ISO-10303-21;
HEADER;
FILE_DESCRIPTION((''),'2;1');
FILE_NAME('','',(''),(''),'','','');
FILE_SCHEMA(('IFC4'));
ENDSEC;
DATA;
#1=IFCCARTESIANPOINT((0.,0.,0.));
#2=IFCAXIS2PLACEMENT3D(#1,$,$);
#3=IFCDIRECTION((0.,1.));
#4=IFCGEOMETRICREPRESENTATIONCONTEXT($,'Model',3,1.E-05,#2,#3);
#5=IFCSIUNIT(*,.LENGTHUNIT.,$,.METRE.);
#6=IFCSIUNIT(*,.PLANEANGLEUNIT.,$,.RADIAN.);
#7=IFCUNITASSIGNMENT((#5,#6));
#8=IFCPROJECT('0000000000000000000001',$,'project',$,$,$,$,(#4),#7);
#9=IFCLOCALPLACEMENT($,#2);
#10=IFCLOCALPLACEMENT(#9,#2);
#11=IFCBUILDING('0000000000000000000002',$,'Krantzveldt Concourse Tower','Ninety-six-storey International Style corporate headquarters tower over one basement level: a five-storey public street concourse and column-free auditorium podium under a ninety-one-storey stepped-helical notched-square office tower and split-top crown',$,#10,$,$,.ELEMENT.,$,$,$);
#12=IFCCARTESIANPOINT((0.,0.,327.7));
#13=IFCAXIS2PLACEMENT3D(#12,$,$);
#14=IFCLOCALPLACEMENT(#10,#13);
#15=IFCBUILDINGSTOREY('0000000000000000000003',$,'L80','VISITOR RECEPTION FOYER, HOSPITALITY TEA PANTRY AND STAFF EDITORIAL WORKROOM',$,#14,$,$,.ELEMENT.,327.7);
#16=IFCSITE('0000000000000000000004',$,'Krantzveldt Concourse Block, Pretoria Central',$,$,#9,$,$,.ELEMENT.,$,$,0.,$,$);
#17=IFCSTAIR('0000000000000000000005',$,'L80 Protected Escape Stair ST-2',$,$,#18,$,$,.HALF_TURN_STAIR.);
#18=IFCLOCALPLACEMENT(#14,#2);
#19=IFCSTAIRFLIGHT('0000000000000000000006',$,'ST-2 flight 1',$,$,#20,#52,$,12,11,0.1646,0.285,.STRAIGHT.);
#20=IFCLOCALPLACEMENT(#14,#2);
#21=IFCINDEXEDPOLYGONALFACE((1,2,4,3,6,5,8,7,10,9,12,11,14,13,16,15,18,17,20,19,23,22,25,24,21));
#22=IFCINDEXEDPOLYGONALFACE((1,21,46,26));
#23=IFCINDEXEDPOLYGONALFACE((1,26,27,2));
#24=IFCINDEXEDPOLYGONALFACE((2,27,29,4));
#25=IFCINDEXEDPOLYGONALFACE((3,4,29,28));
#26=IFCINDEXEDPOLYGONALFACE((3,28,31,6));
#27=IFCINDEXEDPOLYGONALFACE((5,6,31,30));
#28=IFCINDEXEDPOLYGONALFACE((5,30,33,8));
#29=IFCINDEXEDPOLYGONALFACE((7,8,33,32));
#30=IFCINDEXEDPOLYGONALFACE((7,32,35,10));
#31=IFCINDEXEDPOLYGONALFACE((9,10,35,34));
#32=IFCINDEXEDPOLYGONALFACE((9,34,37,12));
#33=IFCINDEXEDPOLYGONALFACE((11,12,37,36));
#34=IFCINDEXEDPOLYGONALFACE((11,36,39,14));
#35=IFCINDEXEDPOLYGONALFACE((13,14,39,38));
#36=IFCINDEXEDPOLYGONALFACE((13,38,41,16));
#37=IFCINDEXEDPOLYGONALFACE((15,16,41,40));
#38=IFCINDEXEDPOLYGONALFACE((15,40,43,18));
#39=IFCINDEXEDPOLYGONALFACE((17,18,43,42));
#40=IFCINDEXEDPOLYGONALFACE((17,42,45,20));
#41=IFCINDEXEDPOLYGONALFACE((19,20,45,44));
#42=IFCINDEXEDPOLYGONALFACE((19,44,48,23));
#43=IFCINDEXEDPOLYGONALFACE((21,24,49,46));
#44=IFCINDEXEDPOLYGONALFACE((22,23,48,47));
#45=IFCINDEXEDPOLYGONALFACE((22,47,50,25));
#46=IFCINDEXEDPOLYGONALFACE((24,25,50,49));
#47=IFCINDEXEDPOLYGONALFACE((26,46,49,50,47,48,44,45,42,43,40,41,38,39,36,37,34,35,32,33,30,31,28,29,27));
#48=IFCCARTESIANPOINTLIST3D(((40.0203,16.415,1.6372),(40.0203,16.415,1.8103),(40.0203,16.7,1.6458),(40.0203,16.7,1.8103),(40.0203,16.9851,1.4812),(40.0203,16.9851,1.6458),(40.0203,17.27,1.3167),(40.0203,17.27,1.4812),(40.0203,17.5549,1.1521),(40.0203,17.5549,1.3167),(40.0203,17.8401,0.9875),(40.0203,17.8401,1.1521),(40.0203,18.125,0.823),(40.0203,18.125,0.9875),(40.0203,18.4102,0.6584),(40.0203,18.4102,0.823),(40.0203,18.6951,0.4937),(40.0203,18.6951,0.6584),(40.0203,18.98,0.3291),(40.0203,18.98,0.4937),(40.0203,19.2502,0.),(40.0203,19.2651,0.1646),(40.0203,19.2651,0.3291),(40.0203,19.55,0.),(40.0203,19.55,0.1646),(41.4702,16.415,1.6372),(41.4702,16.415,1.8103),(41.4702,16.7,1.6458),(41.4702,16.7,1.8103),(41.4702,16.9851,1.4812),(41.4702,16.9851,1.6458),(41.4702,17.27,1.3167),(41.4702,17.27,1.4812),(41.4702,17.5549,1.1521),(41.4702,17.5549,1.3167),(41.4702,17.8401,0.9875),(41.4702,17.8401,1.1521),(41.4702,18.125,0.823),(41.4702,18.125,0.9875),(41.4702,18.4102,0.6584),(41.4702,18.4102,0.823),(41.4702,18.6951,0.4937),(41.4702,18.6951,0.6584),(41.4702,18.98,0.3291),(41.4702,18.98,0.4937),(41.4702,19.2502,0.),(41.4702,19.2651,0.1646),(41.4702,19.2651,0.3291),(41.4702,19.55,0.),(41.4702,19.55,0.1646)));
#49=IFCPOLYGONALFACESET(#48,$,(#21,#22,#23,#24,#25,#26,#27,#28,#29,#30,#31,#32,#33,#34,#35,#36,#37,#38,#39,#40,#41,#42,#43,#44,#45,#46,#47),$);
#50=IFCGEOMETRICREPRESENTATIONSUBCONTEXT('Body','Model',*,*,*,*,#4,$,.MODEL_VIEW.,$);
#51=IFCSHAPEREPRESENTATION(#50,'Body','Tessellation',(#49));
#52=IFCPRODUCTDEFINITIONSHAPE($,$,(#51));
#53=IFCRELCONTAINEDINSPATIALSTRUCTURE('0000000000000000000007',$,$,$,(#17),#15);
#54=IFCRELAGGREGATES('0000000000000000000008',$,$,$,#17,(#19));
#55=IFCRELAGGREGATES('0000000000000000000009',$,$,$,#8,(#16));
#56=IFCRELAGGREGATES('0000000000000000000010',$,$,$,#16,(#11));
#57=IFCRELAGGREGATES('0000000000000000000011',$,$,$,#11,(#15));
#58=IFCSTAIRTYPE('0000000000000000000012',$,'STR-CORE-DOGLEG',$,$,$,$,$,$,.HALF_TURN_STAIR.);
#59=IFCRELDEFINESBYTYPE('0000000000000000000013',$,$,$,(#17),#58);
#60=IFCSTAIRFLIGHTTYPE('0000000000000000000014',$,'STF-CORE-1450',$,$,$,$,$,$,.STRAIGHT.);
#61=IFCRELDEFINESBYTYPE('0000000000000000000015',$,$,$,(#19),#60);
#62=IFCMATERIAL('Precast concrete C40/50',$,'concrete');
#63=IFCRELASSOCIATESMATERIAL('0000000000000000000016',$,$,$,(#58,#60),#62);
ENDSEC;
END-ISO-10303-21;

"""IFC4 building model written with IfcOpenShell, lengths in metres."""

from ifc_helpers import new_model, si_unit, direction, frame, origin, place, context, subcontext, project, spatial, polyline, outline, extrude, material, type_object, element, aggregate, save


model = new_model("IFC4")

# Units and contexts
model_context = context("Model", 3, precision=1e-05, world=origin(), true_north=direction((0.0, 1.0)))
body_context = subcontext(model_context, "Body", "Model", "MODEL_VIEW")
ifc_project = project(units=[si_unit("LENGTHUNIT", "METRE"), si_unit("PLANEANGLEUNIT", "RADIAN")], contexts=[model_context])

# Site, building, storey
site_placement = place(None, origin())
site = spatial("IfcSite", under=ifc_project, at=site_placement, Name="Krantzveldt Concourse Block, Pretoria Central", CompositionType="ELEMENT", RefElevation=0.0)
building_placement = place(site_placement, origin())
building = spatial("IfcBuilding", under=site, at=building_placement, Name="Krantzveldt Concourse Tower", Description="Ninety-six-storey International Style corporate headquarters tower over one basement level: a five-storey public street concourse and column-free auditorium podium under a ninety-one-storey stepped-helical notched-square office tower and split-top crown", CompositionType="ELEMENT")
storey_placement = place(building_placement, frame((0.0, 0.0, 327.7)))
storey = spatial("IfcBuildingStorey", under=building, at=storey_placement, Name="L80", Description="VISITOR RECEPTION FOYER, HOSPITALITY TEA PANTRY AND STAFF EDITORIAL WORKROOM", CompositionType="ELEMENT", Elevation=327.7)

# Stair, stair flight
ifc_material_1 = material(Name="Precast concrete C40/50", Category="concrete")
stair_type = type_object("IfcStairType", Name="STR-CORE-DOGLEG", PredefinedType="HALF_TURN_STAIR", material=ifc_material_1)
stair_placement = place(storey_placement, origin())
stair = element("IfcStair", 1, at=stair_placement, inside=storey, type_object=stair_type, Name="L80 Protected Escape Stair ST-2", PredefinedType="HALF_TURN_STAIR")
stair_flight_type = type_object("IfcStairFlightType", Name="STF-CORE-1450", PredefinedType="STRAIGHT", material=ifc_material_1)
stair_flight_placement = place(storey_placement, frame((40.7451, 19.55, 0.0), z_axis=(0.0, 0.0, 1.0), x_axis=(0.0, -1.0, 0.0)))
stair_flight = element("IfcStairFlight", 2, at=stair_flight_placement, type_object=stair_flight_type, Name="ST-2 flight 1", NumberOfRisers=12, NumberOfTreads=11, PredefinedType="STRAIGHT", RiserHeight=0.1646, TreadLength=0.285, context=body_context, shape_type="SweptSolid", body=[
    extrude(outline(polyline([(0.0, 0.0), (0.0, 0.1646), (0.2849, 0.1646), (0.2849, 0.3291), (0.5701, 0.3291), (0.5701, 0.4937), (0.855, 0.4937), (0.855, 0.6584), (1.1399, 0.6584), (1.1399, 0.823), (1.425, 0.823), (1.425, 0.9875), (1.71, 0.9875), (1.71, 1.1521), (1.9951, 1.1521), (1.9951, 1.3167), (2.28, 1.3167), (2.28, 1.4812), (2.5649, 1.4812), (2.5649, 1.6458), (2.8501, 1.6458), (2.8501, 1.8103), (3.135, 1.8103), (3.135, 1.9751), (3.135, 1.6372), (0.2998, 0.0), (0.0, 0.0)])), frame((0.0, 0.7251, 0.0), z_axis=(0.0, -1.0, 0.0), x_axis=(1.0, 0.0, 0.0)), (0.0, 0.0, 1.0), 1.45),
])
aggregate(stair, [stair_flight])

save(model, "model.ifc")
